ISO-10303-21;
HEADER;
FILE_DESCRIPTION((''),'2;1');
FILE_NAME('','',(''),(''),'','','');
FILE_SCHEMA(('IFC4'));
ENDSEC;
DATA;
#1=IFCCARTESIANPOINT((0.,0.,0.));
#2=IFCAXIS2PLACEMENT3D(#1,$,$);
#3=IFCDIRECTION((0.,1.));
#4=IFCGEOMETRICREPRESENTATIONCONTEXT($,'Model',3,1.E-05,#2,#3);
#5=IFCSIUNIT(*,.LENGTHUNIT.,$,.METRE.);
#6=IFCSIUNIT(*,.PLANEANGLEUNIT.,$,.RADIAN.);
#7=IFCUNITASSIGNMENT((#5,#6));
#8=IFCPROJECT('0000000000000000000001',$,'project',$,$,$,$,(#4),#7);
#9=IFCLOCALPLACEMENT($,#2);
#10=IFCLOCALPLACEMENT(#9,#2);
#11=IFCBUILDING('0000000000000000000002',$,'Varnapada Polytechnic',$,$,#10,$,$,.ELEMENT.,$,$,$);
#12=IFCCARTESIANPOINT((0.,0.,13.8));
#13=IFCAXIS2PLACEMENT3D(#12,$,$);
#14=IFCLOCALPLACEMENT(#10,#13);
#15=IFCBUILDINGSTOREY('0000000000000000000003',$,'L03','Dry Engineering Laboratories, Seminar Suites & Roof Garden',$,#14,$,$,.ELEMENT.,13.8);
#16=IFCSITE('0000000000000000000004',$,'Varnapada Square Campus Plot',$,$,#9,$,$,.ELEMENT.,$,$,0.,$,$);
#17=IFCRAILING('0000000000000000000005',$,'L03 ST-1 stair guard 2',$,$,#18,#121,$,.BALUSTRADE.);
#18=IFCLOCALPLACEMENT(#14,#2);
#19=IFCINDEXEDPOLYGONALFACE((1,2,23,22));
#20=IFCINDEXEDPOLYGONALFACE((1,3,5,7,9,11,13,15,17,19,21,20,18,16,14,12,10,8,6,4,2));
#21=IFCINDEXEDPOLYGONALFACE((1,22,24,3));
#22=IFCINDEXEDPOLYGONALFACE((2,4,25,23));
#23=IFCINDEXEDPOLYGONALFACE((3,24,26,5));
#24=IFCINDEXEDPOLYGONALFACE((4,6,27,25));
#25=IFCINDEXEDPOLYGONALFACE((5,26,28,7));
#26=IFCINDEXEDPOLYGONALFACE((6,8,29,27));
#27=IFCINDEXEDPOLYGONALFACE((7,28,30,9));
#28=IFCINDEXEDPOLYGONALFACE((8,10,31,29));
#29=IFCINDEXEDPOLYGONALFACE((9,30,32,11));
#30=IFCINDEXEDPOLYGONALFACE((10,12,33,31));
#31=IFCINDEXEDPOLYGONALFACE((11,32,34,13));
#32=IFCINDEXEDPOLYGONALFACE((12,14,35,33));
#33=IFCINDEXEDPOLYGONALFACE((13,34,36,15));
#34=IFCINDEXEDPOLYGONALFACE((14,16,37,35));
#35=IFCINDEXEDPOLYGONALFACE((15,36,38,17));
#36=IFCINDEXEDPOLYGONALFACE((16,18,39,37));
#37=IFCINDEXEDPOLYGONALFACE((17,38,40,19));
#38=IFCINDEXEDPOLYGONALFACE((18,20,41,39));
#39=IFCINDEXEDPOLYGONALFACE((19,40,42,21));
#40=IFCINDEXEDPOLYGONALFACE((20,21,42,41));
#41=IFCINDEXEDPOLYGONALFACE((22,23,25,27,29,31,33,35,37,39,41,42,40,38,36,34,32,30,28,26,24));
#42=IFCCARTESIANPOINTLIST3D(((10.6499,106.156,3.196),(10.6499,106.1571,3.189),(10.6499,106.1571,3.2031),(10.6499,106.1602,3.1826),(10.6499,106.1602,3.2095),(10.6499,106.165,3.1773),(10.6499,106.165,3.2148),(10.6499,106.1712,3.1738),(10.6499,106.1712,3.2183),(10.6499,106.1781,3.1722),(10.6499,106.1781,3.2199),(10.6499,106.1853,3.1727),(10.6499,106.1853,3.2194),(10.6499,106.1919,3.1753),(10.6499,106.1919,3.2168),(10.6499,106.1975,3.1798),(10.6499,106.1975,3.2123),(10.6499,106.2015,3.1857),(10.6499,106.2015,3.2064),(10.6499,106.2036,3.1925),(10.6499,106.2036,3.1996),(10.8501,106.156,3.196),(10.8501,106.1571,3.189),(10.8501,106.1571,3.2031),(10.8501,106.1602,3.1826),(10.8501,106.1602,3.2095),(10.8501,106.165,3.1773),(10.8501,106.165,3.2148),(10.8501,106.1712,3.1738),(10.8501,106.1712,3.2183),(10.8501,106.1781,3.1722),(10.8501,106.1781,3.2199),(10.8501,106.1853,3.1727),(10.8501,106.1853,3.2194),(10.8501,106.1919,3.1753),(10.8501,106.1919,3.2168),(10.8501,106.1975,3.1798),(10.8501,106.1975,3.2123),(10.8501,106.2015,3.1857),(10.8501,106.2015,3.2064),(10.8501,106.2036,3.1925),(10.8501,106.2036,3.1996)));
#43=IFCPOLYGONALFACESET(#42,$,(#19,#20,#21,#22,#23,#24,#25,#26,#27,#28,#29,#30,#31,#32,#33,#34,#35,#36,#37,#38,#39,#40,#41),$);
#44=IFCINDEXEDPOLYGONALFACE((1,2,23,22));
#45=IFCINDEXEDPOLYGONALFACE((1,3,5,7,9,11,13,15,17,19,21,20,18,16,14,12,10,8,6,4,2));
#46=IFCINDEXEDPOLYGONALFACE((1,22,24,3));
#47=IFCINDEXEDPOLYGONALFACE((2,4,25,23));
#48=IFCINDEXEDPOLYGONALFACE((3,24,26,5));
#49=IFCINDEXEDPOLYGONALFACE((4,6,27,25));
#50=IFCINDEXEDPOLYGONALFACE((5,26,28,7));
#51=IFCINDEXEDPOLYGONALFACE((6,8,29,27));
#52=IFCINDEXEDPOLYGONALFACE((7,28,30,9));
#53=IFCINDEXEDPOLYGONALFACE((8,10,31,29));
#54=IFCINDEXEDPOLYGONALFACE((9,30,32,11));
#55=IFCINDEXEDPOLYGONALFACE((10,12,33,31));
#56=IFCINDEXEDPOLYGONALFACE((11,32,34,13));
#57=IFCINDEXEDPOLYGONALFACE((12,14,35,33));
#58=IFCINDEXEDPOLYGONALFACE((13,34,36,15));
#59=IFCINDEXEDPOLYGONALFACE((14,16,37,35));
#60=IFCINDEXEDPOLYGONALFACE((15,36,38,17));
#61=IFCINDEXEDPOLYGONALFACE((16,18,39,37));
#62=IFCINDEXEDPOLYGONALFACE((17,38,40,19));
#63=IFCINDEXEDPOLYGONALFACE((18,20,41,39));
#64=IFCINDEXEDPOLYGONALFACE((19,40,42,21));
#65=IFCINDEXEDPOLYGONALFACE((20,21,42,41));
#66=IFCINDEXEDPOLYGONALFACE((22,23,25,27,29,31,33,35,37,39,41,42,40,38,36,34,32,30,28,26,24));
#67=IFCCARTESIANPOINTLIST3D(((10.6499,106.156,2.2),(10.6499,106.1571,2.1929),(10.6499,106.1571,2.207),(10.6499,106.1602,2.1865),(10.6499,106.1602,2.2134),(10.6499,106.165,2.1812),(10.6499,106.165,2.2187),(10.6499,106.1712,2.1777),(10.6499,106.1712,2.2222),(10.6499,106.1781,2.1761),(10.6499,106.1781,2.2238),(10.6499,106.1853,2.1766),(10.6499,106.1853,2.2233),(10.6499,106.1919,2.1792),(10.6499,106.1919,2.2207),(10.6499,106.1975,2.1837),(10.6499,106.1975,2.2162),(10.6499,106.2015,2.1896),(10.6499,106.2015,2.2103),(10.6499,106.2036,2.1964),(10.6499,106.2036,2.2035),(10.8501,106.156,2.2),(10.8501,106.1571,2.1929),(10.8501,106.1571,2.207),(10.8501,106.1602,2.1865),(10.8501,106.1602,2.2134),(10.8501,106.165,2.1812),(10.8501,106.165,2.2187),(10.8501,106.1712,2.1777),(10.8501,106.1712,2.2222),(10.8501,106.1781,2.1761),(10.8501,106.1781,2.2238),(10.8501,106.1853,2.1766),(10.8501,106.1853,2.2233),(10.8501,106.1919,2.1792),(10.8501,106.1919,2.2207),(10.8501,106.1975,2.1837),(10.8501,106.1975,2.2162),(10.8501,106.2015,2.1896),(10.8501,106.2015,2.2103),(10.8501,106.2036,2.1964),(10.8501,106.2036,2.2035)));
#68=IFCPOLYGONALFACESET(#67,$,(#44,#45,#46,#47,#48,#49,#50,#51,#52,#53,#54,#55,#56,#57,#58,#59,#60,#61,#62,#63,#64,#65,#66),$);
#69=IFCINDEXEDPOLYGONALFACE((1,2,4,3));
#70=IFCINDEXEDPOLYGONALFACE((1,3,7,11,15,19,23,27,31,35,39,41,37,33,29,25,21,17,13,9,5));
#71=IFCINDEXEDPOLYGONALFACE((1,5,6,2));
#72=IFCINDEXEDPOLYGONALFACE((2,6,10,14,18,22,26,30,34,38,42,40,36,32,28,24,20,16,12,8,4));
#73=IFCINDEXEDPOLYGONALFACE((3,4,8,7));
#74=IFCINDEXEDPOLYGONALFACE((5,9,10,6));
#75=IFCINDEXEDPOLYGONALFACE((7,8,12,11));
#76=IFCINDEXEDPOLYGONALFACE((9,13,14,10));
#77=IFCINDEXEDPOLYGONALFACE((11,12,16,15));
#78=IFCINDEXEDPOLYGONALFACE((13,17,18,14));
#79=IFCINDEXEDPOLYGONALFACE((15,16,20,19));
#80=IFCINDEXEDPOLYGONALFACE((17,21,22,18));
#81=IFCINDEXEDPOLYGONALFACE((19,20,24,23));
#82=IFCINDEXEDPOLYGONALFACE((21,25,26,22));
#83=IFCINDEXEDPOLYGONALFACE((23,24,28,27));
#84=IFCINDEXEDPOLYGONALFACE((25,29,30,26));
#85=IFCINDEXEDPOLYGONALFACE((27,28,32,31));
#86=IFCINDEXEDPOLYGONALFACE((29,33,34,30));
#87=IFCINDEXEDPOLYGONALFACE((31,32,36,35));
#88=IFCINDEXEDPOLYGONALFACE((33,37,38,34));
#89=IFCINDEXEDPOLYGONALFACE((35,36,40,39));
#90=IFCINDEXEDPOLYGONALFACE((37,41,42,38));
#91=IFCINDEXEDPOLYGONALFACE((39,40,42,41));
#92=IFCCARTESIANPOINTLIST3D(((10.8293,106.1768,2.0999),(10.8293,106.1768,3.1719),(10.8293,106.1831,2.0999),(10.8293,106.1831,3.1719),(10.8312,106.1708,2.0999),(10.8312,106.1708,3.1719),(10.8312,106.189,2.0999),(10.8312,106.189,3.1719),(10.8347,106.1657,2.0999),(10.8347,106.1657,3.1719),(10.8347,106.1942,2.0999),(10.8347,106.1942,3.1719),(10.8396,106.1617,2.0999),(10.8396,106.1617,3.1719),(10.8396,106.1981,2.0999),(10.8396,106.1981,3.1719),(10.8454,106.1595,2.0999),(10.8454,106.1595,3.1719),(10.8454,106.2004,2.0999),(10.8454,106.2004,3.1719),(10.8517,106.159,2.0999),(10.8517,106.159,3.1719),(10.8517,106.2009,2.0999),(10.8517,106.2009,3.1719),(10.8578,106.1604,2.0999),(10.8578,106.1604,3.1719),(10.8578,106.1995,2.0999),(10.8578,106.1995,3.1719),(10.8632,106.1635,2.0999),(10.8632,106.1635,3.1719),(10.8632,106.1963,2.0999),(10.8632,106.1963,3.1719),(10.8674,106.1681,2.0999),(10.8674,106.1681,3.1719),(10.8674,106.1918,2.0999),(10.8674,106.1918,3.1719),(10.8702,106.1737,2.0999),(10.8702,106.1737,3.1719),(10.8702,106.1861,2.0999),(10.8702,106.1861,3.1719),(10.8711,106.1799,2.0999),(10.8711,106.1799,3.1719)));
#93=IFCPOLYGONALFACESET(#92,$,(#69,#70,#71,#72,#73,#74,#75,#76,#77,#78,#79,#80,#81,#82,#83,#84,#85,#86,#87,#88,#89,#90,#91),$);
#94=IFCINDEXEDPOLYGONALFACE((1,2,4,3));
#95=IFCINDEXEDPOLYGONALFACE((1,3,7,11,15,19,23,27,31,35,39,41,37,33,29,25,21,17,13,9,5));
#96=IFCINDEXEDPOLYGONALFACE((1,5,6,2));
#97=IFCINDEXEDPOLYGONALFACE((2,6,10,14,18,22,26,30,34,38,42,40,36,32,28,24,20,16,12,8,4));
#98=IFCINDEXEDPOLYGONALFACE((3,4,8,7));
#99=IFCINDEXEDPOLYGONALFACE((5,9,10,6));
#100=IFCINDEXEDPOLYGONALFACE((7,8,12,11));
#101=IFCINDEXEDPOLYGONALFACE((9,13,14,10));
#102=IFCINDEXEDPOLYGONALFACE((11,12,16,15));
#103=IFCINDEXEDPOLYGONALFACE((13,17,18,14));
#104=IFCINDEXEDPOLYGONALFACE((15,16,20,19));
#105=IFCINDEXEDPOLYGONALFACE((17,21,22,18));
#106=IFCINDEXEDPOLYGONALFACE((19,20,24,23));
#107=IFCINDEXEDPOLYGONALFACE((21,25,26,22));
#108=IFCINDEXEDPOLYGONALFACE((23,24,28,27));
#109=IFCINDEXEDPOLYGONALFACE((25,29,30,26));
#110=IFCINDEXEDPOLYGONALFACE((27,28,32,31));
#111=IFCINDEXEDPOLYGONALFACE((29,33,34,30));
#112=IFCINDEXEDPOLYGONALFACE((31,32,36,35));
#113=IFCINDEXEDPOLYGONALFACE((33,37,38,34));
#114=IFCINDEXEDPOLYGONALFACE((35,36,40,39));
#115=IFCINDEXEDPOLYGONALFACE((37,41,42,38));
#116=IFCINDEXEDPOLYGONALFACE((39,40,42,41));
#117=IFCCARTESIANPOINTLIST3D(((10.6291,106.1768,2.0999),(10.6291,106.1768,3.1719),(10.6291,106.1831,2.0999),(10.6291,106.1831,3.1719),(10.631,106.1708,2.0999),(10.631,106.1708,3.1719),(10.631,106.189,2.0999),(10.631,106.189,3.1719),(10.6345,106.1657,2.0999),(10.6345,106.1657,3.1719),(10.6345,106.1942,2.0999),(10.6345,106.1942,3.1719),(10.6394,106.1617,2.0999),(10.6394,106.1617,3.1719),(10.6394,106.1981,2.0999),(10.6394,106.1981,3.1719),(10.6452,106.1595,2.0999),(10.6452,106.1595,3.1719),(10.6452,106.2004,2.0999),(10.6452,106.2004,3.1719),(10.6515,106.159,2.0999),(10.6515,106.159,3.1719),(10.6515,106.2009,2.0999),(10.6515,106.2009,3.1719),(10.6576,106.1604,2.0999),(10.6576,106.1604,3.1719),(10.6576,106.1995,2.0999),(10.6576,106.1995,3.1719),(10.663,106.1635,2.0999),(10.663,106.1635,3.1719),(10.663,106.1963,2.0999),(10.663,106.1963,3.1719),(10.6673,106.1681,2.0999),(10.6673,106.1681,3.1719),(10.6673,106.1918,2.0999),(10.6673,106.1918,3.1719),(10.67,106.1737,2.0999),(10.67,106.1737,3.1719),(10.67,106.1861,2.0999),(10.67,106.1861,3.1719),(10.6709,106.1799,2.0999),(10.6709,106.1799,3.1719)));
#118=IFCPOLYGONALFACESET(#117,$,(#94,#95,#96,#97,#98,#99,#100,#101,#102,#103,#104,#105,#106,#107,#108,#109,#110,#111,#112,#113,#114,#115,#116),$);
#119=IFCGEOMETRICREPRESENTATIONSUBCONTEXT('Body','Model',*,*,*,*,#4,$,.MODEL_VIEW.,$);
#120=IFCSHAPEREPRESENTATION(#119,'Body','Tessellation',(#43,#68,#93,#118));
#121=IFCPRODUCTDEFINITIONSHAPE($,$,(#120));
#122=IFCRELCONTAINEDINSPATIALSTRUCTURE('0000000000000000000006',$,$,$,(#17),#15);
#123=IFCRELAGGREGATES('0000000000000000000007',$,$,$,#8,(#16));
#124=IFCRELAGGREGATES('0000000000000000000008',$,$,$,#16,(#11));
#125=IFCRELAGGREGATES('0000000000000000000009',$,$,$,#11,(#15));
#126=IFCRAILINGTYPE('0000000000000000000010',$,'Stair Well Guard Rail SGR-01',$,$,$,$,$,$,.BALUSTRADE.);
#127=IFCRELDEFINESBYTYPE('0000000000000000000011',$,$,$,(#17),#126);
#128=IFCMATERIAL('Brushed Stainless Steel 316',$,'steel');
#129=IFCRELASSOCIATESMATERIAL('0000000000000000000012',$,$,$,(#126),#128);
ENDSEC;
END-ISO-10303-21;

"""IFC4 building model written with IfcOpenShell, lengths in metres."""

from ifc_helpers import new_model, si_unit, direction, frame, origin, origin_2d, place, context, subcontext, project, spatial, circle, extrude, material, type_object, element, save


model = new_model("IFC4")

# Units and contexts
model_context = context("Model", 3, precision=1e-05, world=origin(), true_north=direction((0.0, 1.0)))
body_context = subcontext(model_context, "Body", "Model", "MODEL_VIEW")
ifc_project = project(units=[si_unit("LENGTHUNIT", "METRE"), si_unit("PLANEANGLEUNIT", "RADIAN")], contexts=[model_context])

# Site, building, storey
site_placement = place(None, origin())
site = spatial("IfcSite", under=ifc_project, at=site_placement, Name="Varnapada Square Campus Plot", CompositionType="ELEMENT", RefElevation=0.0)
building_placement = place(site_placement, origin())
building = spatial("IfcBuilding", under=site, at=building_placement, Name="Varnapada Polytechnic", CompositionType="ELEMENT")
storey_placement = place(building_placement, frame((0.0, 0.0, 13.8)))
storey = spatial("IfcBuildingStorey", under=building, at=storey_placement, Name="L03", Description="Dry Engineering Laboratories, Seminar Suites & Roof Garden", CompositionType="ELEMENT", Elevation=13.8)

# Shared definitions
ifc_material_1 = material(Name="Brushed Stainless Steel 316", Category="steel")

# Railing
railing_type_1 = type_object("IfcRailingType", Name="Stair Well Guard Rail SGR-01", PredefinedType="BALUSTRADE", material=ifc_material_1)
railing_1_placement = place(storey_placement, frame((10.8501, 106.1799, 2.0999)))
element("IfcRailing", 1, at=railing_1_placement, inside=storey, type_object=railing_type_1, Name="L03 ST-1 stair guard 2", PredefinedType="BALUSTRADE", context=body_context, shape_type="SweptSolid", body=[
    extrude(circle(Radius=0.0239, at=origin_2d()), frame((0.0, 0.0, 1.0962), z_axis=(-1.0, 0.0, 0.0), x_axis=(0.0, -1.0, 0.0)), (0.0, 0.0, 1.0), 0.2002),
    extrude(circle(Radius=0.0239, at=origin_2d()), frame((0.0, 0.0, 0.1001), z_axis=(-1.0, 0.0, 0.0), x_axis=(0.0, -1.0, 0.0)), (0.0, 0.0, 1.0), 0.2002),
    extrude(circle(Radius=0.021, at=origin_2d()), origin(), (0.0, 0.0, 1.0), 1.072),
    extrude(circle(Radius=0.021, at=origin_2d()), frame((-0.2002, 0.0, 0.0)), (0.0, 0.0, 1.0), 1.072),
])

save(model, "model.ifc")
